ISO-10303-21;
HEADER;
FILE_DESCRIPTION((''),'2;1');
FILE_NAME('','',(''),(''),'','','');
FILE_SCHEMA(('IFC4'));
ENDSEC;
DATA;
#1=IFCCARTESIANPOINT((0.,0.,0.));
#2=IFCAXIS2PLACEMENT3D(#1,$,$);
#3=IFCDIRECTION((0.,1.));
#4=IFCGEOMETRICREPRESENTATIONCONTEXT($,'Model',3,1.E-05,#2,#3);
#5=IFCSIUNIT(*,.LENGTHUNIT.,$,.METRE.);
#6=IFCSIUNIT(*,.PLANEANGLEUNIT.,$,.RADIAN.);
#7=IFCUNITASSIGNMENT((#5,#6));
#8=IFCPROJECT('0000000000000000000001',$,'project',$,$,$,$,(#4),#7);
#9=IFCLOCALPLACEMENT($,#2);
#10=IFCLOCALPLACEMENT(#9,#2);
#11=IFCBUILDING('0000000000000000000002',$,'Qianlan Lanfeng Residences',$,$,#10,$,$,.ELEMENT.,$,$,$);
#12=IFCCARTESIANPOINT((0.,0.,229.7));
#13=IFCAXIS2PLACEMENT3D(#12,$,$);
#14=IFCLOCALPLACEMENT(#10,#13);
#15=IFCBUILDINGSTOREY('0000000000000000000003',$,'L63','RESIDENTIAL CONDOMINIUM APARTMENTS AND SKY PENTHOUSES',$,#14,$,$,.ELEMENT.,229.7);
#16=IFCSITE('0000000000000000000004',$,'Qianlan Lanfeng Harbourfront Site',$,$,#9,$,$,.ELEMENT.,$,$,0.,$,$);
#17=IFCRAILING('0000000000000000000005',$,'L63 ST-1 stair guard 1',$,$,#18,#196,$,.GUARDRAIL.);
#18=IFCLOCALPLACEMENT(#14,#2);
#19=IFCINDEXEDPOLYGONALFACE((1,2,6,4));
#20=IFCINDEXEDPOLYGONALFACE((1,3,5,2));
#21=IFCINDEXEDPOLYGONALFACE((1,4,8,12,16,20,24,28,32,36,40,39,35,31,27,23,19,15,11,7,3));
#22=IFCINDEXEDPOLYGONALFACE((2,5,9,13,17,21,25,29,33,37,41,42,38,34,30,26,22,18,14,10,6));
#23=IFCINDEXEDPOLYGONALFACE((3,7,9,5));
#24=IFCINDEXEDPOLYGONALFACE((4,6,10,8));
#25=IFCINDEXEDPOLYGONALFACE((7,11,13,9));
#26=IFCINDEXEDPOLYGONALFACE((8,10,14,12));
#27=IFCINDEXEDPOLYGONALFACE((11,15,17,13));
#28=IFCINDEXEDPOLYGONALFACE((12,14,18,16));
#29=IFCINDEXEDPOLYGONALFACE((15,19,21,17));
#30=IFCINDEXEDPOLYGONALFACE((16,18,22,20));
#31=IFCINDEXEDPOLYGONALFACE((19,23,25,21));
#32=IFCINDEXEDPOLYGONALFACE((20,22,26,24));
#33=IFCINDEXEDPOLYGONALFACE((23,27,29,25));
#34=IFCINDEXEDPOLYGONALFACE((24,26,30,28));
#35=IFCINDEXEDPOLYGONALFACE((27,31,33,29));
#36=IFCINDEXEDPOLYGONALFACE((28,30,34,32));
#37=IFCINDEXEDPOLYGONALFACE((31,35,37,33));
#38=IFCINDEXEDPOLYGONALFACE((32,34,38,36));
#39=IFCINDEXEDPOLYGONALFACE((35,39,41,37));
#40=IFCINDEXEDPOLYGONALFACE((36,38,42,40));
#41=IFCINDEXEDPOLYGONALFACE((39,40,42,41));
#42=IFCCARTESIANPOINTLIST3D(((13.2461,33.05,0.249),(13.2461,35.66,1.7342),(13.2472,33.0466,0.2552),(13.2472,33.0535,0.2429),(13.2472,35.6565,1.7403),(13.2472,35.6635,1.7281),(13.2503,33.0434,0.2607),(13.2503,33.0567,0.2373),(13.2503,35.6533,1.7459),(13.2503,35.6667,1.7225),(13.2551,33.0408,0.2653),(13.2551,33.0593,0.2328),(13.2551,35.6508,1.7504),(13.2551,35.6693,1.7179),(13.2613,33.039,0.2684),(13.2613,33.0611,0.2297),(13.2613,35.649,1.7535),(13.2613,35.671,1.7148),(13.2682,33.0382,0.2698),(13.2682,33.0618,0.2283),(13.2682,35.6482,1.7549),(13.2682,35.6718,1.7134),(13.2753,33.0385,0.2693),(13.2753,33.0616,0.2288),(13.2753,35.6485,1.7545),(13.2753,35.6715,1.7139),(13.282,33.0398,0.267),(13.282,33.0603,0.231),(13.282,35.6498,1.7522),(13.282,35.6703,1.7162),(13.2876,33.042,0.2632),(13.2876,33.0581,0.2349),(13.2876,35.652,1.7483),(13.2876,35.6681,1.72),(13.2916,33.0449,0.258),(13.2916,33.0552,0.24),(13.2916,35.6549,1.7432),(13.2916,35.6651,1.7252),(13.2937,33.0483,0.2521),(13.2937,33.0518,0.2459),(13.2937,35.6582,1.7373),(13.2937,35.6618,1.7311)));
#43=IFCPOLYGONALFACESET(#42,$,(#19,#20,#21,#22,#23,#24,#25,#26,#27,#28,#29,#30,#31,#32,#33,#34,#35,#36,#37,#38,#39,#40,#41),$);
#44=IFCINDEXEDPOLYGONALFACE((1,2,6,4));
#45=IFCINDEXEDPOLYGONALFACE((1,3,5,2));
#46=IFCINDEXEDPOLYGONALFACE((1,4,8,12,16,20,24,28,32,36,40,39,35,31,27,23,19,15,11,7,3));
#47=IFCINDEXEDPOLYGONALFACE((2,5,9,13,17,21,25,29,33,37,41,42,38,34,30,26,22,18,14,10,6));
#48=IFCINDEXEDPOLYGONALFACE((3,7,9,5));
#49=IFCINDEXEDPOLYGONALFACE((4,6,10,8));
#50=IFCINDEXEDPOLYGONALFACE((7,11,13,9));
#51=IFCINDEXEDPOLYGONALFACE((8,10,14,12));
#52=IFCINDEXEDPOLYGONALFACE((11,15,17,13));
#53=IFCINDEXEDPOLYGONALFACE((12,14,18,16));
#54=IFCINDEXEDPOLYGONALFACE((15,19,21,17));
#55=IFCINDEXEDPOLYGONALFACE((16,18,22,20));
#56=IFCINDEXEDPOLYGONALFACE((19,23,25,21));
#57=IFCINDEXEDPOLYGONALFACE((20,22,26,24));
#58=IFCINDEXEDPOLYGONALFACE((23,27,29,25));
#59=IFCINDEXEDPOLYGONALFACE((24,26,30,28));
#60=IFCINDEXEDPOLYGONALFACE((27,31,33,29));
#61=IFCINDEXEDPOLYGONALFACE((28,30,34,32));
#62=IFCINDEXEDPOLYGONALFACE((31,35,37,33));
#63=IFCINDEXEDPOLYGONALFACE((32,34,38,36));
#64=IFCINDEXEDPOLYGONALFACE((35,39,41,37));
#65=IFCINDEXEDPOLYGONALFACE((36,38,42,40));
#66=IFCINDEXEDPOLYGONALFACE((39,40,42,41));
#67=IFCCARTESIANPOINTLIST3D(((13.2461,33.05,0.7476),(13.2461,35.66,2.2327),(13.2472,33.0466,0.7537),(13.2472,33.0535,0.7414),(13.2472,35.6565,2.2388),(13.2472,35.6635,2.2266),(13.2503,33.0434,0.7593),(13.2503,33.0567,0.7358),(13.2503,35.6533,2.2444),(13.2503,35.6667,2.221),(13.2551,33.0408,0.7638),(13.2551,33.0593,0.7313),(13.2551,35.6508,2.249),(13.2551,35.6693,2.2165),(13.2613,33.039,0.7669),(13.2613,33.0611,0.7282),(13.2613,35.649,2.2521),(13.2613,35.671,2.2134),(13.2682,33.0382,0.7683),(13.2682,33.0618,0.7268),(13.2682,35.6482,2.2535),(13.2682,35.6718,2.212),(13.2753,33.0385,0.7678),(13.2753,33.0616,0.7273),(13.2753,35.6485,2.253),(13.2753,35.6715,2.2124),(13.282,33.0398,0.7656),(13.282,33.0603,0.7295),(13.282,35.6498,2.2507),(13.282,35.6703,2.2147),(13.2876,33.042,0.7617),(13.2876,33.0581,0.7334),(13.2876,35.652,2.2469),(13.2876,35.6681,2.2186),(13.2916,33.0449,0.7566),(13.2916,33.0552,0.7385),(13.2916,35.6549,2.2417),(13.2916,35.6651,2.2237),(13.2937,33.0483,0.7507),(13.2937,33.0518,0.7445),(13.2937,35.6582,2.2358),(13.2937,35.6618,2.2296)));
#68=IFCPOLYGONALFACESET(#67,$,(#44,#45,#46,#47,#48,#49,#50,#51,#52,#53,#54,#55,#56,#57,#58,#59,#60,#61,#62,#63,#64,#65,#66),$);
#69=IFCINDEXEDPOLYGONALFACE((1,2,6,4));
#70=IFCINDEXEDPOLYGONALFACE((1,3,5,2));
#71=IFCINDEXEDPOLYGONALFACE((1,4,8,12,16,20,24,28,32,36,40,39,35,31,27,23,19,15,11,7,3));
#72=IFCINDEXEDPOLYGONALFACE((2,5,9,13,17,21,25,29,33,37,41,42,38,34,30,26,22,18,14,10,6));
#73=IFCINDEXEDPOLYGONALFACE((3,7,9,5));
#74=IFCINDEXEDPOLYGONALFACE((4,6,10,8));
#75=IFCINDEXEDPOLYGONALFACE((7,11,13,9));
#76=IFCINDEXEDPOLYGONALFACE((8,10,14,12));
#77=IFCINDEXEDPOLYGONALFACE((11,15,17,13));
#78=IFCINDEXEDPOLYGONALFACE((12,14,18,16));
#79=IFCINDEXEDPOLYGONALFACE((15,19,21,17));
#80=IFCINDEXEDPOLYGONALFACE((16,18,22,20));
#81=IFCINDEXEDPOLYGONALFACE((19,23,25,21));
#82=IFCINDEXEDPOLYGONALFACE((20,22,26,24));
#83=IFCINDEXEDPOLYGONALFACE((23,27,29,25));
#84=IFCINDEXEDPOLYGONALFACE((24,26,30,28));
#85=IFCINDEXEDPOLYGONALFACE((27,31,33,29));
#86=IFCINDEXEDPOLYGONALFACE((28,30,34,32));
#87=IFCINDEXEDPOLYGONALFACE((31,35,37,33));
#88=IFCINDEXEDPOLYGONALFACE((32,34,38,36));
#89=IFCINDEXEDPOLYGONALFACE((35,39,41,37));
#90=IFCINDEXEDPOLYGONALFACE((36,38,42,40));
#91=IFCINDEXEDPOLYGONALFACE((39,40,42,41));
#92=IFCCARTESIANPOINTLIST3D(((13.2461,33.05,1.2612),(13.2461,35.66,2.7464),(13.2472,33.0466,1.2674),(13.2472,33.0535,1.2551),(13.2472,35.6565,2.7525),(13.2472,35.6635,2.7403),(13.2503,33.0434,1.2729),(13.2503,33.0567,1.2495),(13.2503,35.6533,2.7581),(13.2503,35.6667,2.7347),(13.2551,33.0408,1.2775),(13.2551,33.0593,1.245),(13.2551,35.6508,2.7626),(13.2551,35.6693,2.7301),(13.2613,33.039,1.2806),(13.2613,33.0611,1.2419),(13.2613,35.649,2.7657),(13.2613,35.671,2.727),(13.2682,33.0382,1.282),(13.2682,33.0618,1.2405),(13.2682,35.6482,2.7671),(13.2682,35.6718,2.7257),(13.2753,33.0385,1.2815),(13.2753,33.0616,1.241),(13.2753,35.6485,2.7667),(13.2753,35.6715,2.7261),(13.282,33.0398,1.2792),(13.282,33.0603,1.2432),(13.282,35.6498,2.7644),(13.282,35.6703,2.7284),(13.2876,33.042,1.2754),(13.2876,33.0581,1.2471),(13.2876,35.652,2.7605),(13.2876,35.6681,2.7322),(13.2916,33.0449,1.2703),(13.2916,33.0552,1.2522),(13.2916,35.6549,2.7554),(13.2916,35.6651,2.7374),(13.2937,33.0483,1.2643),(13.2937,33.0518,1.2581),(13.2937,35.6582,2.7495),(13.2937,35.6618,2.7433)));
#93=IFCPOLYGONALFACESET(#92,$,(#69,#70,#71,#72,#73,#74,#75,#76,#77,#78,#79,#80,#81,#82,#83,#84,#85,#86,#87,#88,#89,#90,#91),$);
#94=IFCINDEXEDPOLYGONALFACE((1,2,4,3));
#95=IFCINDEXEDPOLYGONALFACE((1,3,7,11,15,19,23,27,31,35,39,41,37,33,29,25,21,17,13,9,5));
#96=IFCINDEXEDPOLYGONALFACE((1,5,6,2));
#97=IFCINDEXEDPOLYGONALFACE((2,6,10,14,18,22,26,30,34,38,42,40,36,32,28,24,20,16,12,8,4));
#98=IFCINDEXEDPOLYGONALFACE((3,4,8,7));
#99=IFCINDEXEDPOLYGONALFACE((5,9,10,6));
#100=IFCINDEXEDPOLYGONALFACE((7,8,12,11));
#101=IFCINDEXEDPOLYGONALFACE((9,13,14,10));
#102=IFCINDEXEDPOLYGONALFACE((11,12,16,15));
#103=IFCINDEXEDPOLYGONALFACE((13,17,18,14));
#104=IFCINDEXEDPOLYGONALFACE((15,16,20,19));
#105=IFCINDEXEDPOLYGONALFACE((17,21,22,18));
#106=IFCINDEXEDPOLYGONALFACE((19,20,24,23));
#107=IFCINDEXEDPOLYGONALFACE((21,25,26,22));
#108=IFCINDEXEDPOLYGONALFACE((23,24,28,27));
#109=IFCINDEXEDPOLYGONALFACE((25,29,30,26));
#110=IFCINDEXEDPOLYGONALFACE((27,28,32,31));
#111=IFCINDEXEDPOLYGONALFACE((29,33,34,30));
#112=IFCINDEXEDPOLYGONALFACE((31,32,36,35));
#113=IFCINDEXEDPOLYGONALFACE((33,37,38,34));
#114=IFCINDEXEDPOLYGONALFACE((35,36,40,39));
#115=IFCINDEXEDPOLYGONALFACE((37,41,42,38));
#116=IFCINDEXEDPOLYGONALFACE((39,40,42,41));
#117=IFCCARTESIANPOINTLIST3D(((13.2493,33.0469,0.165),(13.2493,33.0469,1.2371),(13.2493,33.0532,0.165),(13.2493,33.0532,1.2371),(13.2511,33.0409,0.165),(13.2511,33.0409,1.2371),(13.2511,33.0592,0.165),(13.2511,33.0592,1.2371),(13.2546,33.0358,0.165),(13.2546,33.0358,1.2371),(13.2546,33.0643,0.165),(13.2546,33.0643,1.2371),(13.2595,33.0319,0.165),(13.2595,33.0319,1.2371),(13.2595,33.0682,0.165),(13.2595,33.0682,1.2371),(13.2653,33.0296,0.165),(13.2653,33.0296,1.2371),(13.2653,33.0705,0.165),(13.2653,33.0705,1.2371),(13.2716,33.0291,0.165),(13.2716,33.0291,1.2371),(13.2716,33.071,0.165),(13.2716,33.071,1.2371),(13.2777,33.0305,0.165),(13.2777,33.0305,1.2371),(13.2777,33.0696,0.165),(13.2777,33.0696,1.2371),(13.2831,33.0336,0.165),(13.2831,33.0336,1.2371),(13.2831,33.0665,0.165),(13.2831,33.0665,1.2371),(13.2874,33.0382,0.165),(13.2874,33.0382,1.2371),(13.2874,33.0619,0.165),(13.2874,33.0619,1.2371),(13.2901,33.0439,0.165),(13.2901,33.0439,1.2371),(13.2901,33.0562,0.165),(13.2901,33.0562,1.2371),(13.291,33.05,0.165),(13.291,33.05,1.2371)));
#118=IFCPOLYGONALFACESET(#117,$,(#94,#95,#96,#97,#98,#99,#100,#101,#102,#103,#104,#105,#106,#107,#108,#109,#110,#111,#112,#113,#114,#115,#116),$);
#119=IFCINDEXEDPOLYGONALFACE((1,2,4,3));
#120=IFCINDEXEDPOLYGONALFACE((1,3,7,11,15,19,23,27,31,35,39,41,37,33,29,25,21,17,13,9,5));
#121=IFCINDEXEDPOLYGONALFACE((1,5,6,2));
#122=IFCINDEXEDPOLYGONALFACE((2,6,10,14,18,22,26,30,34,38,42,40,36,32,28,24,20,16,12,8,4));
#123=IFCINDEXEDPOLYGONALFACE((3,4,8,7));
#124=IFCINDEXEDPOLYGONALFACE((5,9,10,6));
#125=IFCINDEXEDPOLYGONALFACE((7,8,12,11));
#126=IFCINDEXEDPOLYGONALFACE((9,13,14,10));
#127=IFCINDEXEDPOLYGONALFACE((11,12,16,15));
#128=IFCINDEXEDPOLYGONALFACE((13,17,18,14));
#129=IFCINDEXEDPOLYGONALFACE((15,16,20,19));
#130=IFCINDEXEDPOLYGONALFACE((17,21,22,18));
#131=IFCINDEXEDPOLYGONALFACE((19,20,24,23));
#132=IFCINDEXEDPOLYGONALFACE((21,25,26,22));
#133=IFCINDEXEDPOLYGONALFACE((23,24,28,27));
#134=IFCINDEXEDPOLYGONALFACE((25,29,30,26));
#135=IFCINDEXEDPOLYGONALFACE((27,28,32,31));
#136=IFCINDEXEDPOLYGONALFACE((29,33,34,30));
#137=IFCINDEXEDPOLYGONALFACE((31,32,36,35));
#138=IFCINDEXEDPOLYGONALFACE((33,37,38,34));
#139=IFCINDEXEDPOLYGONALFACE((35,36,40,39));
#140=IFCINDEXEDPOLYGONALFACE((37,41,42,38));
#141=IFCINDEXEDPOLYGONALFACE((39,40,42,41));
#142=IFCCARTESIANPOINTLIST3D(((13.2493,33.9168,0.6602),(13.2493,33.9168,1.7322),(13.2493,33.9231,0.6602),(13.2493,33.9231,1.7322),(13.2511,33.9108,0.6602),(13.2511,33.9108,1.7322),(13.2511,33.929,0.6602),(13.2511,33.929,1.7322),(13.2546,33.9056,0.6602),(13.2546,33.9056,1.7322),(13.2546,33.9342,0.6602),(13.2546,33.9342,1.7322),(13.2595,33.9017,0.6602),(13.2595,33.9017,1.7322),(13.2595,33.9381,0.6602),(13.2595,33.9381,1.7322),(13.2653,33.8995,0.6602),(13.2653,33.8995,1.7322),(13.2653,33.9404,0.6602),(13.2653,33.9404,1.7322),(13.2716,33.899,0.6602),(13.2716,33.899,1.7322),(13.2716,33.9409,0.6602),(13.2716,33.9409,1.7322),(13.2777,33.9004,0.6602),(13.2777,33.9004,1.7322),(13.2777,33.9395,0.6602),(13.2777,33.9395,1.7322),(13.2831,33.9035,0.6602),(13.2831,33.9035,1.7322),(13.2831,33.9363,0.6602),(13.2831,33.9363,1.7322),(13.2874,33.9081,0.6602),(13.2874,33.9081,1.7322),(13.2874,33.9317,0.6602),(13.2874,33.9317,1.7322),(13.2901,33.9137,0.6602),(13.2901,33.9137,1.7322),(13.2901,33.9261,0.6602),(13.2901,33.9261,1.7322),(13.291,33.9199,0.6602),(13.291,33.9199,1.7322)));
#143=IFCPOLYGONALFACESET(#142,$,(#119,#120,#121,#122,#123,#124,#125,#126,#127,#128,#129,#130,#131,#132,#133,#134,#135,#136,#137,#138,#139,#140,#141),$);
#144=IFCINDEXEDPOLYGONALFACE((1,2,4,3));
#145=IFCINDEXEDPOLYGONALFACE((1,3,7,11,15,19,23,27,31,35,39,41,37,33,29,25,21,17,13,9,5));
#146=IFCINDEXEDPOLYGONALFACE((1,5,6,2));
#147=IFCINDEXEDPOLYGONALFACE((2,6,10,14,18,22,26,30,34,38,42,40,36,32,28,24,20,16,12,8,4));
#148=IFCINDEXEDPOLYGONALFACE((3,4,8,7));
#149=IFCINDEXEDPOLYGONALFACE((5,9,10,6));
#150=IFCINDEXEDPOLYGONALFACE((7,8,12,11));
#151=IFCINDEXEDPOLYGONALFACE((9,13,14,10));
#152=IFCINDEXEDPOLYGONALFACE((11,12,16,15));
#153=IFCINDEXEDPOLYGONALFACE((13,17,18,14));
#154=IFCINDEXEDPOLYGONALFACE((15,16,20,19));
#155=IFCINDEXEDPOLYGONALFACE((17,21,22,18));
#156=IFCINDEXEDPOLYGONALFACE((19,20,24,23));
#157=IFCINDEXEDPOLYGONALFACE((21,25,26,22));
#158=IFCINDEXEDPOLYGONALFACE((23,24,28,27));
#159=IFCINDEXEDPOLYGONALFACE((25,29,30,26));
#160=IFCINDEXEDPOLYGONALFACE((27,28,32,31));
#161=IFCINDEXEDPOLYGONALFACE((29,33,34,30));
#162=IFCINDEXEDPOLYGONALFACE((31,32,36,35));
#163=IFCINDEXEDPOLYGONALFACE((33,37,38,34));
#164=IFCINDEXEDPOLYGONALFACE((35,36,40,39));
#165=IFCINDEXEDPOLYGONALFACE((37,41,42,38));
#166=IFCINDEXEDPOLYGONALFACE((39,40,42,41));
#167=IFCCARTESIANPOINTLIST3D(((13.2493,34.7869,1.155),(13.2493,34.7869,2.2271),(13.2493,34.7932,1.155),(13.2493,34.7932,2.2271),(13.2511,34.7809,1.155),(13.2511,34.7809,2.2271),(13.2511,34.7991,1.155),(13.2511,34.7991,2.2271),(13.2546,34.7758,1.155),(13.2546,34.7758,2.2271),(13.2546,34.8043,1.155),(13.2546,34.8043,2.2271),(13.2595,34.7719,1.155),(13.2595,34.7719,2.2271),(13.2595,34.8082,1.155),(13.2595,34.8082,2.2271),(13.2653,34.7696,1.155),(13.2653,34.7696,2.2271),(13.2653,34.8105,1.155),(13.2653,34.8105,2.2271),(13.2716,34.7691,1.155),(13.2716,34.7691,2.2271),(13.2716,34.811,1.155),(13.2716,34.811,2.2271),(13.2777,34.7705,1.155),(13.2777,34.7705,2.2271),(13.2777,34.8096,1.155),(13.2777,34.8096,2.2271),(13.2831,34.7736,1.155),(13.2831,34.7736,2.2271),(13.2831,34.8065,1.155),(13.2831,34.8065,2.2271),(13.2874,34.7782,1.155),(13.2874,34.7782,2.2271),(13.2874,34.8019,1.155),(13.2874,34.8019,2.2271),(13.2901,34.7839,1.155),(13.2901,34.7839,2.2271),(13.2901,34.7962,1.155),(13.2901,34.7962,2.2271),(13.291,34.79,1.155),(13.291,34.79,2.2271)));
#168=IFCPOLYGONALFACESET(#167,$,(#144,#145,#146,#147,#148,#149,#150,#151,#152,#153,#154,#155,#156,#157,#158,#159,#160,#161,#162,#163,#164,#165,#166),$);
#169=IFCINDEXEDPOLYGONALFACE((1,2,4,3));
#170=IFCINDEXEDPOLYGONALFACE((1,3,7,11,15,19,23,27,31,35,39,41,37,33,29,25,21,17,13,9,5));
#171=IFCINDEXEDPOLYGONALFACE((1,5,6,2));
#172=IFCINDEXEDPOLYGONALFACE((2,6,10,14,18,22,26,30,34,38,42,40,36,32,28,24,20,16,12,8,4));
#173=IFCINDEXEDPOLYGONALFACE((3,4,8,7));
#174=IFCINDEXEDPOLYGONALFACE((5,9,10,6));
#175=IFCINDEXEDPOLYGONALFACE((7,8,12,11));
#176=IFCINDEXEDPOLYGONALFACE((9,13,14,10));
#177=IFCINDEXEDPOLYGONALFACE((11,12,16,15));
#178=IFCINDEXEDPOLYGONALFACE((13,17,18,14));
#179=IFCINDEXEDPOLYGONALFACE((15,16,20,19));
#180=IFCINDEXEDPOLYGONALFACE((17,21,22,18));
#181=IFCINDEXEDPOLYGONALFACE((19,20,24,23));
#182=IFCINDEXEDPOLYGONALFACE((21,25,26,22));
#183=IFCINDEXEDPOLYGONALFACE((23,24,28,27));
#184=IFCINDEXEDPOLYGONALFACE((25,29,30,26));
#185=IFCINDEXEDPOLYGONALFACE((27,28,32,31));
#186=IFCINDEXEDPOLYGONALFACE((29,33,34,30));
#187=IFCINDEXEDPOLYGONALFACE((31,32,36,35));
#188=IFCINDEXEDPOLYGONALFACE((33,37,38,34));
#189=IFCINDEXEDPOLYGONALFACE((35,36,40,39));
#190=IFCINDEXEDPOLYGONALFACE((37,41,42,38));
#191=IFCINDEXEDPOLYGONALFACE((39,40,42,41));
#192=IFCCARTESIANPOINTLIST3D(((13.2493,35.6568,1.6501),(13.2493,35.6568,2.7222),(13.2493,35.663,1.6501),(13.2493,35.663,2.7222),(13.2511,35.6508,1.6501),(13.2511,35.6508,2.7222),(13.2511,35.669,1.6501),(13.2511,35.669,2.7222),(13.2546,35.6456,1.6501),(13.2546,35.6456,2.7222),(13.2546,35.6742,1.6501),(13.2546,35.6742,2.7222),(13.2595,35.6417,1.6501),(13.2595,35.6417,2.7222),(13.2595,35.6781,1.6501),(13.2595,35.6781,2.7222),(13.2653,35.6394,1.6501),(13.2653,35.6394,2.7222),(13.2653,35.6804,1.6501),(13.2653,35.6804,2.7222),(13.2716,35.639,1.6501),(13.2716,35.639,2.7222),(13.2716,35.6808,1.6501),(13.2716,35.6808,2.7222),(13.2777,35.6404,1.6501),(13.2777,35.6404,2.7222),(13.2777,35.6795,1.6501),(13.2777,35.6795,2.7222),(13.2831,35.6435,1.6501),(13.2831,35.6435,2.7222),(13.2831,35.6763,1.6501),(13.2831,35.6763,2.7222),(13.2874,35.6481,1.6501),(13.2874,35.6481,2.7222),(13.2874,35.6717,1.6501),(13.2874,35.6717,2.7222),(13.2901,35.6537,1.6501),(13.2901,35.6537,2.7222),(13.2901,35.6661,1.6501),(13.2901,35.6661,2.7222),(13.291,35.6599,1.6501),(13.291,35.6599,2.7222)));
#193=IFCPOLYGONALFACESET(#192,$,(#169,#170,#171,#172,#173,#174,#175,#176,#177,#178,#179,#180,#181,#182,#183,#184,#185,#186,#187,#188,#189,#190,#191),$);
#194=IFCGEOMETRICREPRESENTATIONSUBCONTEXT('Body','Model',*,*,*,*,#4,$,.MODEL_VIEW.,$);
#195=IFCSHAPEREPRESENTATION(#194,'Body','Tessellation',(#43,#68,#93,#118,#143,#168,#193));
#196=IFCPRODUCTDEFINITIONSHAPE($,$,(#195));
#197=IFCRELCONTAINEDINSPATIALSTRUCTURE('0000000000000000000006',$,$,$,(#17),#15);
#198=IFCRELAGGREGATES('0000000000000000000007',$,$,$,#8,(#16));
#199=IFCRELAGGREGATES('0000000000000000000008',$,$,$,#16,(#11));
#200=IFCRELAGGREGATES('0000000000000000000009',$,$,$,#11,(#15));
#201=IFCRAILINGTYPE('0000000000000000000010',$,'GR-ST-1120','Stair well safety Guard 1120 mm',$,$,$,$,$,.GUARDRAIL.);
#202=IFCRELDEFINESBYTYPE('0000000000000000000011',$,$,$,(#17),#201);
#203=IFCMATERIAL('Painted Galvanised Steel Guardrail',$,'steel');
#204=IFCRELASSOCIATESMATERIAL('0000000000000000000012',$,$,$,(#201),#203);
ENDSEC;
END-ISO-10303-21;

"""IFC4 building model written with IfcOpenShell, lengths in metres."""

from ifc_helpers import new_model, si_unit, direction, frame, origin, origin_2d, place, context, subcontext, project, spatial, circle, extrude, material, type_object, element, save


model = new_model("IFC4")

# Units and contexts
model_context = context("Model", 3, precision=1e-05, world=origin(), true_north=direction((0.0, 1.0)))
body_context = subcontext(model_context, "Body", "Model", "MODEL_VIEW")
ifc_project = project(units=[si_unit("LENGTHUNIT", "METRE"), si_unit("PLANEANGLEUNIT", "RADIAN")], contexts=[model_context])

# Site, building, storey
site_placement = place(None, origin())
site = spatial("IfcSite", under=ifc_project, at=site_placement, Name="Qianlan Lanfeng Harbourfront Site", CompositionType="ELEMENT", RefElevation=0.0)
building_placement = place(site_placement, origin())
building = spatial("IfcBuilding", under=site, at=building_placement, Name="Qianlan Lanfeng Residences", CompositionType="ELEMENT")
storey_placement = place(building_placement, frame((0.0, 0.0, 229.7)))
storey = spatial("IfcBuildingStorey", under=building, at=storey_placement, Name="L63", Description="RESIDENTIAL CONDOMINIUM APARTMENTS AND SKY PENTHOUSES", CompositionType="ELEMENT", Elevation=229.7)

# Railing
ifc_material_1 = material(Name="Painted Galvanised Steel Guardrail", Category="steel")
railing_type = type_object("IfcRailingType", Name="GR-ST-1120", Description="Stair well safety Guard 1120 mm", PredefinedType="GUARDRAIL", material=ifc_material_1)
railing_1_placement = place(storey_placement, frame((13.27, 33.05, 0.165)))
element("IfcRailing", 1, at=railing_1_placement, inside=storey, type_object=railing_type, Name="L63 ST-1 stair guard 1", PredefinedType="GUARDRAIL", context=body_context, shape_type="SweptSolid", body=[
    extrude(circle(Radius=0.0239, at=origin_2d()), frame((0.0, 0.0, 0.084), z_axis=(0.0, 0.869137, 0.494571), x_axis=(-1.0, 0.0, 0.0)), (0.0, 0.0, 1.0), 3.0029),
    extrude(circle(Radius=0.0239, at=origin_2d()), frame((0.0, 0.0, 0.5825), z_axis=(0.0, 0.869137, 0.494571), x_axis=(-1.0, 0.0, 0.0)), (0.0, 0.0, 1.0), 3.0029),
    extrude(circle(Radius=0.0239, at=origin_2d()), frame((0.0, 0.0, 1.0962), z_axis=(0.0, 0.869137, 0.494571), x_axis=(-1.0, 0.0, 0.0)), (0.0, 0.0, 1.0), 3.0029),
    extrude(circle(Radius=0.021, at=origin_2d()), origin(), (0.0, 0.0, 1.0), 1.072),
    extrude(circle(Radius=0.021, at=origin_2d()), frame((0.0, 0.8699, 0.4951)), (0.0, 0.0, 1.0), 1.072),
    extrude(circle(Radius=0.021, at=origin_2d()), frame((0.0, 1.74, 0.99)), (0.0, 0.0, 1.0), 1.072),
    extrude(circle(Radius=0.021, at=origin_2d()), frame((0.0, 2.6099, 1.4851)), (0.0, 0.0, 1.0), 1.072),
])

save(model, "model.ifc")
